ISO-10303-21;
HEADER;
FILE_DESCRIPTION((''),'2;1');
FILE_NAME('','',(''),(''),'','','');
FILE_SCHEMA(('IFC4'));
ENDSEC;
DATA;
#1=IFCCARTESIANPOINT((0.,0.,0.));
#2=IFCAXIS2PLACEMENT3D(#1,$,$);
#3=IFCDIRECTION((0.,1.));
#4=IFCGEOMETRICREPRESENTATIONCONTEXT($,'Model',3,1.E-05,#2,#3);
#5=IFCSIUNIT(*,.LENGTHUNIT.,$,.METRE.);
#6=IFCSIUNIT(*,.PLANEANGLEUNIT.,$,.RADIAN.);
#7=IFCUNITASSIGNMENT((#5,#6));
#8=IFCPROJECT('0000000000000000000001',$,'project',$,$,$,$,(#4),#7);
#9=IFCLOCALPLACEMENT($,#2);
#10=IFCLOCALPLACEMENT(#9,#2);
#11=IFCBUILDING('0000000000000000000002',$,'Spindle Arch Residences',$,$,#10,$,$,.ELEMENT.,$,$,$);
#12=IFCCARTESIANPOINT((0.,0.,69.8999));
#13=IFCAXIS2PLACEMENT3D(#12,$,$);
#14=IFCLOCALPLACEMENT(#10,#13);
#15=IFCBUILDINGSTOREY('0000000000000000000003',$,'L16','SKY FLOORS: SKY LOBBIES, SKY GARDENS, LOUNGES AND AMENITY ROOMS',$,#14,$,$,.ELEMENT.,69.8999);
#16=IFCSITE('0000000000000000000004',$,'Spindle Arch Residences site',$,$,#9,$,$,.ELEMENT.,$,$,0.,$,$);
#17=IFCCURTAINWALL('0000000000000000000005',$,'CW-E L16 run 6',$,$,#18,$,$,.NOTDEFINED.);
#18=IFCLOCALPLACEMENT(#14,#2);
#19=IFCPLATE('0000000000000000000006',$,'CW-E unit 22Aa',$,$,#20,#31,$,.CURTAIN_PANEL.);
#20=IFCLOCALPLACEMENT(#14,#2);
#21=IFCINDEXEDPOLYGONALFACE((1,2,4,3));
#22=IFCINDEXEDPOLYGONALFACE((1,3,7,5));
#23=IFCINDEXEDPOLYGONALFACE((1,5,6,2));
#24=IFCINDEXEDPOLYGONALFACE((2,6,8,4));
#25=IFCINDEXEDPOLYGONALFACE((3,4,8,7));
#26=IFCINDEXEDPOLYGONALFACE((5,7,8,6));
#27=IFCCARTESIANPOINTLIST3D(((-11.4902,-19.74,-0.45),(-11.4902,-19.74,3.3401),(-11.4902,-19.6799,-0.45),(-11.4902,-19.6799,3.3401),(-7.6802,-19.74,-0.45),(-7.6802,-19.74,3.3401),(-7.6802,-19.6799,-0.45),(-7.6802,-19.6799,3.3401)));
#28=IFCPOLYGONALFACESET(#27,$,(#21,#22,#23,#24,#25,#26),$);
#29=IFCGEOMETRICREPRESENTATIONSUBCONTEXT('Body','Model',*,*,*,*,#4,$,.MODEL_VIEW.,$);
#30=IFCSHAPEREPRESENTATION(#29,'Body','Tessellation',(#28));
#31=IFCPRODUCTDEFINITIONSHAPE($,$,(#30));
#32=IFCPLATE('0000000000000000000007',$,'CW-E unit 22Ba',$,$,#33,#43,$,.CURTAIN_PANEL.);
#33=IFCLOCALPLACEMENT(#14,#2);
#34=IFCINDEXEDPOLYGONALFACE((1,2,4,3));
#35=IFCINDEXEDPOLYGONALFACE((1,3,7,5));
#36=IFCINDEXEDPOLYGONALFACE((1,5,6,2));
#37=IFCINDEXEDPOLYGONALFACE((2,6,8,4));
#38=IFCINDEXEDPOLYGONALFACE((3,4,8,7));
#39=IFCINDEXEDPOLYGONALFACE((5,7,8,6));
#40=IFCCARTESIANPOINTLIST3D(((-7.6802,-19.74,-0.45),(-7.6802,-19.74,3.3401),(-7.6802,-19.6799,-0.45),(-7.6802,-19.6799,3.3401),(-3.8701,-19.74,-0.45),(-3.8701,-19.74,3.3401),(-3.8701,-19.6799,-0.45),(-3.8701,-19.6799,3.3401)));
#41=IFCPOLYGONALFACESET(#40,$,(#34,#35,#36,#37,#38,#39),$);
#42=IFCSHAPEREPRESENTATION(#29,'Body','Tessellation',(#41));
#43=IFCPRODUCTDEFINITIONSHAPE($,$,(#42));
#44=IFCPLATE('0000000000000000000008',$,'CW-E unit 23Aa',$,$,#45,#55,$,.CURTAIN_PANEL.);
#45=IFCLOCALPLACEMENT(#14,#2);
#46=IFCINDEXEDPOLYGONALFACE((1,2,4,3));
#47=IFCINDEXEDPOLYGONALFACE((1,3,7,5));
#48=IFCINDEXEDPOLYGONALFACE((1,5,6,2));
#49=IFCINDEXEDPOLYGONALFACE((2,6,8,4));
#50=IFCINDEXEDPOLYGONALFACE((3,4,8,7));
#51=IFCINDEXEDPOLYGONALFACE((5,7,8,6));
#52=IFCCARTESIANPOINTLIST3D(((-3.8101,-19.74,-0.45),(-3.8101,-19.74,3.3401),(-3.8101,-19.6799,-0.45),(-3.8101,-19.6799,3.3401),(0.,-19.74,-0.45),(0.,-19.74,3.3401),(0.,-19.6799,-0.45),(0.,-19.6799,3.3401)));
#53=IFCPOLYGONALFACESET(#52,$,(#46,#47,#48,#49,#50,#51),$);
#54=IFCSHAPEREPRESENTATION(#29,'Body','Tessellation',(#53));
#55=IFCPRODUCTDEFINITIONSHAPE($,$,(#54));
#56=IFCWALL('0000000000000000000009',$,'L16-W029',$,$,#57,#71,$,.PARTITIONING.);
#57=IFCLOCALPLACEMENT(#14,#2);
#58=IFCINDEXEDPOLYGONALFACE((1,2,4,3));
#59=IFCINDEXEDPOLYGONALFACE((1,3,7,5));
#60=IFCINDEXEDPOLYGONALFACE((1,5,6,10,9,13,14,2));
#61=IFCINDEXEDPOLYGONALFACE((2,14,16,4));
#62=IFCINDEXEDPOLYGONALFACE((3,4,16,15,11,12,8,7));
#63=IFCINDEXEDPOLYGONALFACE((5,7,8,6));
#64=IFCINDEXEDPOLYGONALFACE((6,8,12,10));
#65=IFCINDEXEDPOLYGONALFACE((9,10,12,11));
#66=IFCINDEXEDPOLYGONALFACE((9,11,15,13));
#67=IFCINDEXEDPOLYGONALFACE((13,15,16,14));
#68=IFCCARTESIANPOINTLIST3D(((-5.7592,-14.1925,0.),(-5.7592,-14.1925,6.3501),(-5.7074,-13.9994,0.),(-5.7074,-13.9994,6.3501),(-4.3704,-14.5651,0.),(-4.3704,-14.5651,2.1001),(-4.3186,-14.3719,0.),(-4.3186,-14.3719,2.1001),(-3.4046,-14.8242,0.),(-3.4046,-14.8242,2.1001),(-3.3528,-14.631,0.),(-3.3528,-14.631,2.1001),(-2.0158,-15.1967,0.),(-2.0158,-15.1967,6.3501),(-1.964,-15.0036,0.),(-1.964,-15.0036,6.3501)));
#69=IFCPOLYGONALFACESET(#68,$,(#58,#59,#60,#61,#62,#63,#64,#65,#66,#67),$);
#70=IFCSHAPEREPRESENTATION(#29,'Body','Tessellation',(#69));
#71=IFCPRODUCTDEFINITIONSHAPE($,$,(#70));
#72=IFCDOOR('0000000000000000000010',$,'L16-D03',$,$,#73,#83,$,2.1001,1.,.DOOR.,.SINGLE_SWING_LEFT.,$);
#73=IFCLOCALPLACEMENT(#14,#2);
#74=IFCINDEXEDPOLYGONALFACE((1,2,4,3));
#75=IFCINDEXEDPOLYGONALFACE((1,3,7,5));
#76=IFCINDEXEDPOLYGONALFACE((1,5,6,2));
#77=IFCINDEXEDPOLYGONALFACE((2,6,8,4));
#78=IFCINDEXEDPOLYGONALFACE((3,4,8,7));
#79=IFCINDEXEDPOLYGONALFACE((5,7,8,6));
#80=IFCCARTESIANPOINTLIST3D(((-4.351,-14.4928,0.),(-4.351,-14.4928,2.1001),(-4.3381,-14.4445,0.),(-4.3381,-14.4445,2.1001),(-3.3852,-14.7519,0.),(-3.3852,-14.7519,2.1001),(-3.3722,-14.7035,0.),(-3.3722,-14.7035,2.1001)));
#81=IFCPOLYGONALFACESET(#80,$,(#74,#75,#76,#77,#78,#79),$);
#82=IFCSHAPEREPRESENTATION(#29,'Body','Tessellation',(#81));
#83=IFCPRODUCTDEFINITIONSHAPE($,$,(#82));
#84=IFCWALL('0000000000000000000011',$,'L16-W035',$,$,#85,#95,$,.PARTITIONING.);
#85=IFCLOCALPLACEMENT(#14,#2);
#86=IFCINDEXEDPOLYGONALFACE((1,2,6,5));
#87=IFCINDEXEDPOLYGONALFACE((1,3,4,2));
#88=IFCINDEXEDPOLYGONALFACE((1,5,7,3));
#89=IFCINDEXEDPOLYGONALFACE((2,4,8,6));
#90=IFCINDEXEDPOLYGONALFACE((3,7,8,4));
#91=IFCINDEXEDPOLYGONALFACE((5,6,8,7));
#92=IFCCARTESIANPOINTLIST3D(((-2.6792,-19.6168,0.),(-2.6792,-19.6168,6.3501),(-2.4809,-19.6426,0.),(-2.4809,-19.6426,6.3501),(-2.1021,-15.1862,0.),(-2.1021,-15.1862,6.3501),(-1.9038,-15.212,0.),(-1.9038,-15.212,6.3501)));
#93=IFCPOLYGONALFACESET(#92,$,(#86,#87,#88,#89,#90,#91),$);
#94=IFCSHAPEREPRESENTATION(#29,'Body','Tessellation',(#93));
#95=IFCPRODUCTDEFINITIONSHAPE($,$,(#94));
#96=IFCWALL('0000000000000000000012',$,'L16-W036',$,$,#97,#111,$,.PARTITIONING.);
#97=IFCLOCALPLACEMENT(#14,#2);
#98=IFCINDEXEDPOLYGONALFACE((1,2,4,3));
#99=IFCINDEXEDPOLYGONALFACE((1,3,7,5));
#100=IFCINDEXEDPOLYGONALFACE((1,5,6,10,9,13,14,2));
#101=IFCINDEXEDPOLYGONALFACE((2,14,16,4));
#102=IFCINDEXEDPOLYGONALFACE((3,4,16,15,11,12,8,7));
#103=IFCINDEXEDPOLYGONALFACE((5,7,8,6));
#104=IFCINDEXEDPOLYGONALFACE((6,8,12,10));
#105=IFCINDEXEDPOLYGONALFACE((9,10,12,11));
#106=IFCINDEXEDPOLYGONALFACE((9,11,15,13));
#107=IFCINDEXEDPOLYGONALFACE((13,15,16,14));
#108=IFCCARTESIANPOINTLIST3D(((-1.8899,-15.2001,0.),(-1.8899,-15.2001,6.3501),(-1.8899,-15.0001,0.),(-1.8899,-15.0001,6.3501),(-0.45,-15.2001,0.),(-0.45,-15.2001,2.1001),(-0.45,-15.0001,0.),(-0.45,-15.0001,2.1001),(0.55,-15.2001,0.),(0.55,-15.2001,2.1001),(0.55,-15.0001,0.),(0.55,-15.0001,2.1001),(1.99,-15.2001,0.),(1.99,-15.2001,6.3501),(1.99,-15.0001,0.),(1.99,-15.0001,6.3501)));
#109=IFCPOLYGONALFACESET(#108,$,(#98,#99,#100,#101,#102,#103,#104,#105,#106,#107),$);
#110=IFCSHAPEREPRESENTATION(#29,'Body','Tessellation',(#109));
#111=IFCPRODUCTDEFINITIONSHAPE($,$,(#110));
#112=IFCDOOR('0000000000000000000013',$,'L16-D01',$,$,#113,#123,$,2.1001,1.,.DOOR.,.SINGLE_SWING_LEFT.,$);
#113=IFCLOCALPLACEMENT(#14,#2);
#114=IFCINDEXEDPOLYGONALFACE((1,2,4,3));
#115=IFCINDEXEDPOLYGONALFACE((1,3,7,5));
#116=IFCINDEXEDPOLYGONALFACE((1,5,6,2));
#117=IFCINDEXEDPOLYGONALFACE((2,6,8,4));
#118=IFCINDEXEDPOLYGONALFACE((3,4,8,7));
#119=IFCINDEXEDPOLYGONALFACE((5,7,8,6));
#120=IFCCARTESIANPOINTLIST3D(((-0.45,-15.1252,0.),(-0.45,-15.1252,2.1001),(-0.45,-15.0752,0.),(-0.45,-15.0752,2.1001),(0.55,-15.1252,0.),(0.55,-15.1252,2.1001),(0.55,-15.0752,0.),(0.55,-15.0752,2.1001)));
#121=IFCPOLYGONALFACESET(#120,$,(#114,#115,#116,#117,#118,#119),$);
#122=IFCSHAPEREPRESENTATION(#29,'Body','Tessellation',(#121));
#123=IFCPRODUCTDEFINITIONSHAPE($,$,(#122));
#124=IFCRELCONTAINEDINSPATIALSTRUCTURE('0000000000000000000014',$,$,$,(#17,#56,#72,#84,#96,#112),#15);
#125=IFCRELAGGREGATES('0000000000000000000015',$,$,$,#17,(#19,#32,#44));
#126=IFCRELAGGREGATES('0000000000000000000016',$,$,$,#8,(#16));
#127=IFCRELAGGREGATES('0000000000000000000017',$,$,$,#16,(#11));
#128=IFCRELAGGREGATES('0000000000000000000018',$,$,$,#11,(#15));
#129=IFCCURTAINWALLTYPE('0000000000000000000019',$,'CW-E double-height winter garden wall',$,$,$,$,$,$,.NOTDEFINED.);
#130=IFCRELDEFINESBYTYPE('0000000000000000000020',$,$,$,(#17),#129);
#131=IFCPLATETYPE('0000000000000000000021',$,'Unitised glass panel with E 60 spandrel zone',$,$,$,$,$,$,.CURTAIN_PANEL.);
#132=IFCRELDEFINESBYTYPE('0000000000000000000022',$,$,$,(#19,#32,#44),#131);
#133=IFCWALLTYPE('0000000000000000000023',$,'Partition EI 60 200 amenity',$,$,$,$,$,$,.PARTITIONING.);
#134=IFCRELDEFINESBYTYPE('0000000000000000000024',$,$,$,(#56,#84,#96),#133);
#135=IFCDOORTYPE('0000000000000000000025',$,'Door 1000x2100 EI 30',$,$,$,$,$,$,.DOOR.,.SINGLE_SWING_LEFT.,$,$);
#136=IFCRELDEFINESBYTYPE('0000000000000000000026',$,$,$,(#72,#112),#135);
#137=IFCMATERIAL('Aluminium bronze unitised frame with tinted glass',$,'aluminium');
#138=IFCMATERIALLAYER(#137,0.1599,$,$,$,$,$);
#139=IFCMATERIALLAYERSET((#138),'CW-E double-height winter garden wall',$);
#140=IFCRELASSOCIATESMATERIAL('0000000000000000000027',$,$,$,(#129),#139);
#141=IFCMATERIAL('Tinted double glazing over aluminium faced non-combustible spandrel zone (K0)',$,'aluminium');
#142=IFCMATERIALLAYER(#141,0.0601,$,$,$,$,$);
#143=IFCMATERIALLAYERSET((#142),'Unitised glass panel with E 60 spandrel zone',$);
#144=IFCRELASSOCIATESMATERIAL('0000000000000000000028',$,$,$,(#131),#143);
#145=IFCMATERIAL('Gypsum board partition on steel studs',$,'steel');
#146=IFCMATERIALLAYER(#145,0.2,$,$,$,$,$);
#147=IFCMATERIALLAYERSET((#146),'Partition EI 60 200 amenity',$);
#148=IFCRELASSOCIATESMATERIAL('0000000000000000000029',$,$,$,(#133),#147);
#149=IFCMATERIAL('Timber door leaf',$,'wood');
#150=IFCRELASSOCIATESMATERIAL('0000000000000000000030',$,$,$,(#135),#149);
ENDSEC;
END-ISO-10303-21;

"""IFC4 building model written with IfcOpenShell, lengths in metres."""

from ifc_helpers import new_model, si_unit, direction, frame, frame_2d, origin, origin_2d, place, context, subcontext, project, spatial, rectangle, extrude, material, layer, layer_set, type_object, element, fill, aggregate, save


model = new_model("IFC4")

# Units and contexts
model_context = context("Model", 3, precision=1e-05, world=origin(), true_north=direction((0.0, 1.0)))
body_context = subcontext(model_context, "Body", "Model", "MODEL_VIEW")
ifc_project = project(units=[si_unit("LENGTHUNIT", "METRE"), si_unit("PLANEANGLEUNIT", "RADIAN")], contexts=[model_context])

# Site, building, storey
site_placement = place(None, origin())
site = spatial("IfcSite", under=ifc_project, at=site_placement, Name="Spindle Arch Residences site", CompositionType="ELEMENT", RefElevation=0.0)
building_placement = place(site_placement, origin())
building = spatial("IfcBuilding", under=site, at=building_placement, Name="Spindle Arch Residences", CompositionType="ELEMENT")
storey_placement = place(building_placement, frame((0.0, 0.0, 69.8999)))
storey = spatial("IfcBuildingStorey", under=building, at=storey_placement, Name="L16", Description="SKY FLOORS: SKY LOBBIES, SKY GARDENS, LOUNGES AND AMENITY ROOMS", CompositionType="ELEMENT", Elevation=69.8999)

# Curtain wall, plates
ifc_material_1 = material(Name="Aluminium bronze unitised frame with tinted glass", Category="aluminium")
ifc_layer_1 = layer(ifc_material_1, 0.1599)
ifc_layer_set_1 = layer_set([ifc_layer_1], Name="CW-E double-height winter garden wall")
curtain_wall_type = type_object("IfcCurtainWallType", Name="CW-E double-height winter garden wall", PredefinedType="NOTDEFINED", material=ifc_layer_set_1)
curtain_wall_placement = place(storey_placement, origin())
curtain_wall = element("IfcCurtainWall", 1, at=curtain_wall_placement, inside=storey, type_object=curtain_wall_type, Name="CW-E L16 run 6", PredefinedType="NOTDEFINED")
ifc_material_2 = material(Name="Tinted double glazing over aluminium faced non-combustible spandrel zone (K0)", Category="aluminium")
ifc_layer_2 = layer(ifc_material_2, 0.0601)
ifc_layer_set_2 = layer_set([ifc_layer_2], Name="Unitised glass panel with E 60 spandrel zone")
plate_type_1 = type_object("IfcPlateType", Name="Unitised glass panel with E 60 spandrel zone", PredefinedType="CURTAIN_PANEL", material=ifc_layer_set_2)
plate_1_placement = place(storey_placement, frame((-9.5852, -19.71, -0.45), z_axis=(0.0, 0.0, 1.0), x_axis=(1.0, 0.0, 0.0)))
plate_1 = element("IfcPlate", 2, at=plate_1_placement, type_object=plate_type_1, Name="CW-E unit 22Aa", PredefinedType="CURTAIN_PANEL", context=body_context, shape_type="SweptSolid", body=[
    extrude(rectangle(XDim=3.8101, YDim=0.0601, at=origin_2d()), origin(), (0.0, 0.0, 1.0), 3.79),
])
plate_2_placement = place(storey_placement, frame((-5.7751, -19.71, -0.45), z_axis=(0.0, 0.0, 1.0), x_axis=(1.0, 0.0, 0.0)))
plate_2 = element("IfcPlate", 3, at=plate_2_placement, type_object=plate_type_1, Name="CW-E unit 22Ba", PredefinedType="CURTAIN_PANEL", context=body_context, shape_type="SweptSolid", body=[
    extrude(rectangle(XDim=3.8101, YDim=0.0601, at=origin_2d()), origin(), (0.0, 0.0, 1.0), 3.79),
])
plate_3_placement = place(storey_placement, frame((-1.905, -19.71, -0.45), z_axis=(0.0, 0.0, 1.0), x_axis=(1.0, 0.0, 0.0)))
plate_3 = element("IfcPlate", 4, at=plate_3_placement, type_object=plate_type_1, Name="CW-E unit 23Aa", PredefinedType="CURTAIN_PANEL", context=body_context, shape_type="SweptSolid", body=[
    extrude(rectangle(XDim=3.8101, YDim=0.0601, at=origin_2d()), origin(), (0.0, 0.0, 1.0), 3.79),
])
aggregate(curtain_wall, [plate_1, plate_2, plate_3])

# Wall, opening, door
ifc_material_3 = material(Name="Gypsum board partition on steel studs", Category="steel")
ifc_layer_3 = layer(ifc_material_3, 0.2)
ifc_layer_set_3 = layer_set([ifc_layer_3], Name="Partition EI 60 200 amenity")
wall_type = type_object("IfcWallType", Name="Partition EI 60 200 amenity", PredefinedType="PARTITIONING", material=ifc_layer_set_3)
wall_1_placement = place(storey_placement, frame((-5.7334, -14.0959, 0.0), z_axis=(0.0, 0.0, 1.0), x_axis=(0.965854, -0.259086, 0.0)))
wall_1 = element("IfcWall", 5, at=wall_1_placement, inside=storey, type_object=wall_type, Name="L16-W029", PredefinedType="PARTITIONING", context=body_context, shape_type="SweptSolid", body=[
    extrude(rectangle(XDim=3.8757, YDim=0.2, at=frame_2d((1.938, 0.0))), origin(), (0.0, 0.0, 1.0), 6.3501),
])
opening_1_placement = place(wall_1_placement, frame((1.438, 0.0, 0.0)))
opening_1 = element("IfcOpeningElement", 6, at=opening_1_placement, cuts=wall_1, PredefinedType="OPENING", context=body_context, shape_type="SweptSolid", body=[
    extrude(rectangle(XDim=1.0, YDim=2.1001, at=frame_2d((0.5, 1.05))), frame((0.0, 0.1099, 0.0), z_axis=(0.0, -1.0, 0.0), x_axis=(1.0, 0.0, 0.0)), (0.0, 0.0, 1.0), 0.22),
])
ifc_material_4 = material(Name="Timber door leaf", Category="wood")
door_type = type_object("IfcDoorType", Name="Door 1000x2100 EI 30", OperationType="SINGLE_SWING_LEFT", PredefinedType="DOOR", material=ifc_material_4)
door_1_placement = place(opening_1_placement, origin())
door_1 = element("IfcDoor", 7, at=door_1_placement, inside=storey, type_object=door_type, Name="L16-D03", OperationType="SINGLE_SWING_LEFT", OverallHeight=2.1001, OverallWidth=1.0, PredefinedType="DOOR", context=body_context, shape_type="SweptSolid", body=[
    extrude(rectangle(XDim=1.0, YDim=2.1001, at=frame_2d((0.5, 1.05))), frame((0.0, 0.0249, 0.0), z_axis=(0.0, -1.0, 0.0), x_axis=(1.0, 0.0, 0.0)), (0.0, 0.0, 1.0), 0.05),
])
fill(opening_1, door_1)

# Wall
wall_2_placement = place(storey_placement, frame((-2.0029, -15.1992, 0.0), z_axis=(0.0, 0.0, 1.0), x_axis=(-0.129171, -0.991622, 0.0)))
element("IfcWall", 8, at=wall_2_placement, inside=storey, type_object=wall_type, Name="L16-W035", PredefinedType="PARTITIONING", context=body_context, shape_type="SweptSolid", body=[
    extrude(rectangle(XDim=4.468, YDim=0.2, at=frame_2d((2.2339, 0.0))), origin(), (0.0, 0.0, 1.0), 6.3501),
])

# Wall, opening, door
wall_3_placement = place(storey_placement, frame((-1.8899, -15.1001, 0.0), z_axis=(0.0, 0.0, 1.0), x_axis=(1.0, 0.0, 0.0)))
wall_3 = element("IfcWall", 9, at=wall_3_placement, inside=storey, type_object=wall_type, Name="L16-W036", PredefinedType="PARTITIONING", context=body_context, shape_type="SweptSolid", body=[
    extrude(rectangle(XDim=3.8799, YDim=0.2, at=frame_2d((1.9399, 0.0))), origin(), (0.0, 0.0, 1.0), 6.3501),
])
opening_2_placement = place(wall_3_placement, frame((1.4399, 0.0, 0.0)))
opening_2 = element("IfcOpeningElement", 10, at=opening_2_placement, cuts=wall_3, PredefinedType="OPENING", context=body_context, shape_type="SweptSolid", body=[
    extrude(rectangle(XDim=1.0, YDim=2.1001, at=frame_2d((0.5, 1.05))), frame((0.0, 0.1099, 0.0), z_axis=(0.0, -1.0, 0.0), x_axis=(1.0, 0.0, 0.0)), (0.0, 0.0, 1.0), 0.22),
])
door_2_placement = place(opening_2_placement, origin())
door_2 = element("IfcDoor", 11, at=door_2_placement, inside=storey, type_object=door_type, Name="L16-D01", OperationType="SINGLE_SWING_LEFT", OverallHeight=2.1001, OverallWidth=1.0, PredefinedType="DOOR", context=body_context, shape_type="SweptSolid", body=[
    extrude(rectangle(XDim=1.0, YDim=2.1001, at=frame_2d((0.5, 1.05))), frame((0.0, 0.0249, 0.0), z_axis=(0.0, -1.0, 0.0), x_axis=(1.0, 0.0, 0.0)), (0.0, 0.0, 1.0), 0.05),
])
fill(opening_2, door_2)

save(model, "model.ifc")
